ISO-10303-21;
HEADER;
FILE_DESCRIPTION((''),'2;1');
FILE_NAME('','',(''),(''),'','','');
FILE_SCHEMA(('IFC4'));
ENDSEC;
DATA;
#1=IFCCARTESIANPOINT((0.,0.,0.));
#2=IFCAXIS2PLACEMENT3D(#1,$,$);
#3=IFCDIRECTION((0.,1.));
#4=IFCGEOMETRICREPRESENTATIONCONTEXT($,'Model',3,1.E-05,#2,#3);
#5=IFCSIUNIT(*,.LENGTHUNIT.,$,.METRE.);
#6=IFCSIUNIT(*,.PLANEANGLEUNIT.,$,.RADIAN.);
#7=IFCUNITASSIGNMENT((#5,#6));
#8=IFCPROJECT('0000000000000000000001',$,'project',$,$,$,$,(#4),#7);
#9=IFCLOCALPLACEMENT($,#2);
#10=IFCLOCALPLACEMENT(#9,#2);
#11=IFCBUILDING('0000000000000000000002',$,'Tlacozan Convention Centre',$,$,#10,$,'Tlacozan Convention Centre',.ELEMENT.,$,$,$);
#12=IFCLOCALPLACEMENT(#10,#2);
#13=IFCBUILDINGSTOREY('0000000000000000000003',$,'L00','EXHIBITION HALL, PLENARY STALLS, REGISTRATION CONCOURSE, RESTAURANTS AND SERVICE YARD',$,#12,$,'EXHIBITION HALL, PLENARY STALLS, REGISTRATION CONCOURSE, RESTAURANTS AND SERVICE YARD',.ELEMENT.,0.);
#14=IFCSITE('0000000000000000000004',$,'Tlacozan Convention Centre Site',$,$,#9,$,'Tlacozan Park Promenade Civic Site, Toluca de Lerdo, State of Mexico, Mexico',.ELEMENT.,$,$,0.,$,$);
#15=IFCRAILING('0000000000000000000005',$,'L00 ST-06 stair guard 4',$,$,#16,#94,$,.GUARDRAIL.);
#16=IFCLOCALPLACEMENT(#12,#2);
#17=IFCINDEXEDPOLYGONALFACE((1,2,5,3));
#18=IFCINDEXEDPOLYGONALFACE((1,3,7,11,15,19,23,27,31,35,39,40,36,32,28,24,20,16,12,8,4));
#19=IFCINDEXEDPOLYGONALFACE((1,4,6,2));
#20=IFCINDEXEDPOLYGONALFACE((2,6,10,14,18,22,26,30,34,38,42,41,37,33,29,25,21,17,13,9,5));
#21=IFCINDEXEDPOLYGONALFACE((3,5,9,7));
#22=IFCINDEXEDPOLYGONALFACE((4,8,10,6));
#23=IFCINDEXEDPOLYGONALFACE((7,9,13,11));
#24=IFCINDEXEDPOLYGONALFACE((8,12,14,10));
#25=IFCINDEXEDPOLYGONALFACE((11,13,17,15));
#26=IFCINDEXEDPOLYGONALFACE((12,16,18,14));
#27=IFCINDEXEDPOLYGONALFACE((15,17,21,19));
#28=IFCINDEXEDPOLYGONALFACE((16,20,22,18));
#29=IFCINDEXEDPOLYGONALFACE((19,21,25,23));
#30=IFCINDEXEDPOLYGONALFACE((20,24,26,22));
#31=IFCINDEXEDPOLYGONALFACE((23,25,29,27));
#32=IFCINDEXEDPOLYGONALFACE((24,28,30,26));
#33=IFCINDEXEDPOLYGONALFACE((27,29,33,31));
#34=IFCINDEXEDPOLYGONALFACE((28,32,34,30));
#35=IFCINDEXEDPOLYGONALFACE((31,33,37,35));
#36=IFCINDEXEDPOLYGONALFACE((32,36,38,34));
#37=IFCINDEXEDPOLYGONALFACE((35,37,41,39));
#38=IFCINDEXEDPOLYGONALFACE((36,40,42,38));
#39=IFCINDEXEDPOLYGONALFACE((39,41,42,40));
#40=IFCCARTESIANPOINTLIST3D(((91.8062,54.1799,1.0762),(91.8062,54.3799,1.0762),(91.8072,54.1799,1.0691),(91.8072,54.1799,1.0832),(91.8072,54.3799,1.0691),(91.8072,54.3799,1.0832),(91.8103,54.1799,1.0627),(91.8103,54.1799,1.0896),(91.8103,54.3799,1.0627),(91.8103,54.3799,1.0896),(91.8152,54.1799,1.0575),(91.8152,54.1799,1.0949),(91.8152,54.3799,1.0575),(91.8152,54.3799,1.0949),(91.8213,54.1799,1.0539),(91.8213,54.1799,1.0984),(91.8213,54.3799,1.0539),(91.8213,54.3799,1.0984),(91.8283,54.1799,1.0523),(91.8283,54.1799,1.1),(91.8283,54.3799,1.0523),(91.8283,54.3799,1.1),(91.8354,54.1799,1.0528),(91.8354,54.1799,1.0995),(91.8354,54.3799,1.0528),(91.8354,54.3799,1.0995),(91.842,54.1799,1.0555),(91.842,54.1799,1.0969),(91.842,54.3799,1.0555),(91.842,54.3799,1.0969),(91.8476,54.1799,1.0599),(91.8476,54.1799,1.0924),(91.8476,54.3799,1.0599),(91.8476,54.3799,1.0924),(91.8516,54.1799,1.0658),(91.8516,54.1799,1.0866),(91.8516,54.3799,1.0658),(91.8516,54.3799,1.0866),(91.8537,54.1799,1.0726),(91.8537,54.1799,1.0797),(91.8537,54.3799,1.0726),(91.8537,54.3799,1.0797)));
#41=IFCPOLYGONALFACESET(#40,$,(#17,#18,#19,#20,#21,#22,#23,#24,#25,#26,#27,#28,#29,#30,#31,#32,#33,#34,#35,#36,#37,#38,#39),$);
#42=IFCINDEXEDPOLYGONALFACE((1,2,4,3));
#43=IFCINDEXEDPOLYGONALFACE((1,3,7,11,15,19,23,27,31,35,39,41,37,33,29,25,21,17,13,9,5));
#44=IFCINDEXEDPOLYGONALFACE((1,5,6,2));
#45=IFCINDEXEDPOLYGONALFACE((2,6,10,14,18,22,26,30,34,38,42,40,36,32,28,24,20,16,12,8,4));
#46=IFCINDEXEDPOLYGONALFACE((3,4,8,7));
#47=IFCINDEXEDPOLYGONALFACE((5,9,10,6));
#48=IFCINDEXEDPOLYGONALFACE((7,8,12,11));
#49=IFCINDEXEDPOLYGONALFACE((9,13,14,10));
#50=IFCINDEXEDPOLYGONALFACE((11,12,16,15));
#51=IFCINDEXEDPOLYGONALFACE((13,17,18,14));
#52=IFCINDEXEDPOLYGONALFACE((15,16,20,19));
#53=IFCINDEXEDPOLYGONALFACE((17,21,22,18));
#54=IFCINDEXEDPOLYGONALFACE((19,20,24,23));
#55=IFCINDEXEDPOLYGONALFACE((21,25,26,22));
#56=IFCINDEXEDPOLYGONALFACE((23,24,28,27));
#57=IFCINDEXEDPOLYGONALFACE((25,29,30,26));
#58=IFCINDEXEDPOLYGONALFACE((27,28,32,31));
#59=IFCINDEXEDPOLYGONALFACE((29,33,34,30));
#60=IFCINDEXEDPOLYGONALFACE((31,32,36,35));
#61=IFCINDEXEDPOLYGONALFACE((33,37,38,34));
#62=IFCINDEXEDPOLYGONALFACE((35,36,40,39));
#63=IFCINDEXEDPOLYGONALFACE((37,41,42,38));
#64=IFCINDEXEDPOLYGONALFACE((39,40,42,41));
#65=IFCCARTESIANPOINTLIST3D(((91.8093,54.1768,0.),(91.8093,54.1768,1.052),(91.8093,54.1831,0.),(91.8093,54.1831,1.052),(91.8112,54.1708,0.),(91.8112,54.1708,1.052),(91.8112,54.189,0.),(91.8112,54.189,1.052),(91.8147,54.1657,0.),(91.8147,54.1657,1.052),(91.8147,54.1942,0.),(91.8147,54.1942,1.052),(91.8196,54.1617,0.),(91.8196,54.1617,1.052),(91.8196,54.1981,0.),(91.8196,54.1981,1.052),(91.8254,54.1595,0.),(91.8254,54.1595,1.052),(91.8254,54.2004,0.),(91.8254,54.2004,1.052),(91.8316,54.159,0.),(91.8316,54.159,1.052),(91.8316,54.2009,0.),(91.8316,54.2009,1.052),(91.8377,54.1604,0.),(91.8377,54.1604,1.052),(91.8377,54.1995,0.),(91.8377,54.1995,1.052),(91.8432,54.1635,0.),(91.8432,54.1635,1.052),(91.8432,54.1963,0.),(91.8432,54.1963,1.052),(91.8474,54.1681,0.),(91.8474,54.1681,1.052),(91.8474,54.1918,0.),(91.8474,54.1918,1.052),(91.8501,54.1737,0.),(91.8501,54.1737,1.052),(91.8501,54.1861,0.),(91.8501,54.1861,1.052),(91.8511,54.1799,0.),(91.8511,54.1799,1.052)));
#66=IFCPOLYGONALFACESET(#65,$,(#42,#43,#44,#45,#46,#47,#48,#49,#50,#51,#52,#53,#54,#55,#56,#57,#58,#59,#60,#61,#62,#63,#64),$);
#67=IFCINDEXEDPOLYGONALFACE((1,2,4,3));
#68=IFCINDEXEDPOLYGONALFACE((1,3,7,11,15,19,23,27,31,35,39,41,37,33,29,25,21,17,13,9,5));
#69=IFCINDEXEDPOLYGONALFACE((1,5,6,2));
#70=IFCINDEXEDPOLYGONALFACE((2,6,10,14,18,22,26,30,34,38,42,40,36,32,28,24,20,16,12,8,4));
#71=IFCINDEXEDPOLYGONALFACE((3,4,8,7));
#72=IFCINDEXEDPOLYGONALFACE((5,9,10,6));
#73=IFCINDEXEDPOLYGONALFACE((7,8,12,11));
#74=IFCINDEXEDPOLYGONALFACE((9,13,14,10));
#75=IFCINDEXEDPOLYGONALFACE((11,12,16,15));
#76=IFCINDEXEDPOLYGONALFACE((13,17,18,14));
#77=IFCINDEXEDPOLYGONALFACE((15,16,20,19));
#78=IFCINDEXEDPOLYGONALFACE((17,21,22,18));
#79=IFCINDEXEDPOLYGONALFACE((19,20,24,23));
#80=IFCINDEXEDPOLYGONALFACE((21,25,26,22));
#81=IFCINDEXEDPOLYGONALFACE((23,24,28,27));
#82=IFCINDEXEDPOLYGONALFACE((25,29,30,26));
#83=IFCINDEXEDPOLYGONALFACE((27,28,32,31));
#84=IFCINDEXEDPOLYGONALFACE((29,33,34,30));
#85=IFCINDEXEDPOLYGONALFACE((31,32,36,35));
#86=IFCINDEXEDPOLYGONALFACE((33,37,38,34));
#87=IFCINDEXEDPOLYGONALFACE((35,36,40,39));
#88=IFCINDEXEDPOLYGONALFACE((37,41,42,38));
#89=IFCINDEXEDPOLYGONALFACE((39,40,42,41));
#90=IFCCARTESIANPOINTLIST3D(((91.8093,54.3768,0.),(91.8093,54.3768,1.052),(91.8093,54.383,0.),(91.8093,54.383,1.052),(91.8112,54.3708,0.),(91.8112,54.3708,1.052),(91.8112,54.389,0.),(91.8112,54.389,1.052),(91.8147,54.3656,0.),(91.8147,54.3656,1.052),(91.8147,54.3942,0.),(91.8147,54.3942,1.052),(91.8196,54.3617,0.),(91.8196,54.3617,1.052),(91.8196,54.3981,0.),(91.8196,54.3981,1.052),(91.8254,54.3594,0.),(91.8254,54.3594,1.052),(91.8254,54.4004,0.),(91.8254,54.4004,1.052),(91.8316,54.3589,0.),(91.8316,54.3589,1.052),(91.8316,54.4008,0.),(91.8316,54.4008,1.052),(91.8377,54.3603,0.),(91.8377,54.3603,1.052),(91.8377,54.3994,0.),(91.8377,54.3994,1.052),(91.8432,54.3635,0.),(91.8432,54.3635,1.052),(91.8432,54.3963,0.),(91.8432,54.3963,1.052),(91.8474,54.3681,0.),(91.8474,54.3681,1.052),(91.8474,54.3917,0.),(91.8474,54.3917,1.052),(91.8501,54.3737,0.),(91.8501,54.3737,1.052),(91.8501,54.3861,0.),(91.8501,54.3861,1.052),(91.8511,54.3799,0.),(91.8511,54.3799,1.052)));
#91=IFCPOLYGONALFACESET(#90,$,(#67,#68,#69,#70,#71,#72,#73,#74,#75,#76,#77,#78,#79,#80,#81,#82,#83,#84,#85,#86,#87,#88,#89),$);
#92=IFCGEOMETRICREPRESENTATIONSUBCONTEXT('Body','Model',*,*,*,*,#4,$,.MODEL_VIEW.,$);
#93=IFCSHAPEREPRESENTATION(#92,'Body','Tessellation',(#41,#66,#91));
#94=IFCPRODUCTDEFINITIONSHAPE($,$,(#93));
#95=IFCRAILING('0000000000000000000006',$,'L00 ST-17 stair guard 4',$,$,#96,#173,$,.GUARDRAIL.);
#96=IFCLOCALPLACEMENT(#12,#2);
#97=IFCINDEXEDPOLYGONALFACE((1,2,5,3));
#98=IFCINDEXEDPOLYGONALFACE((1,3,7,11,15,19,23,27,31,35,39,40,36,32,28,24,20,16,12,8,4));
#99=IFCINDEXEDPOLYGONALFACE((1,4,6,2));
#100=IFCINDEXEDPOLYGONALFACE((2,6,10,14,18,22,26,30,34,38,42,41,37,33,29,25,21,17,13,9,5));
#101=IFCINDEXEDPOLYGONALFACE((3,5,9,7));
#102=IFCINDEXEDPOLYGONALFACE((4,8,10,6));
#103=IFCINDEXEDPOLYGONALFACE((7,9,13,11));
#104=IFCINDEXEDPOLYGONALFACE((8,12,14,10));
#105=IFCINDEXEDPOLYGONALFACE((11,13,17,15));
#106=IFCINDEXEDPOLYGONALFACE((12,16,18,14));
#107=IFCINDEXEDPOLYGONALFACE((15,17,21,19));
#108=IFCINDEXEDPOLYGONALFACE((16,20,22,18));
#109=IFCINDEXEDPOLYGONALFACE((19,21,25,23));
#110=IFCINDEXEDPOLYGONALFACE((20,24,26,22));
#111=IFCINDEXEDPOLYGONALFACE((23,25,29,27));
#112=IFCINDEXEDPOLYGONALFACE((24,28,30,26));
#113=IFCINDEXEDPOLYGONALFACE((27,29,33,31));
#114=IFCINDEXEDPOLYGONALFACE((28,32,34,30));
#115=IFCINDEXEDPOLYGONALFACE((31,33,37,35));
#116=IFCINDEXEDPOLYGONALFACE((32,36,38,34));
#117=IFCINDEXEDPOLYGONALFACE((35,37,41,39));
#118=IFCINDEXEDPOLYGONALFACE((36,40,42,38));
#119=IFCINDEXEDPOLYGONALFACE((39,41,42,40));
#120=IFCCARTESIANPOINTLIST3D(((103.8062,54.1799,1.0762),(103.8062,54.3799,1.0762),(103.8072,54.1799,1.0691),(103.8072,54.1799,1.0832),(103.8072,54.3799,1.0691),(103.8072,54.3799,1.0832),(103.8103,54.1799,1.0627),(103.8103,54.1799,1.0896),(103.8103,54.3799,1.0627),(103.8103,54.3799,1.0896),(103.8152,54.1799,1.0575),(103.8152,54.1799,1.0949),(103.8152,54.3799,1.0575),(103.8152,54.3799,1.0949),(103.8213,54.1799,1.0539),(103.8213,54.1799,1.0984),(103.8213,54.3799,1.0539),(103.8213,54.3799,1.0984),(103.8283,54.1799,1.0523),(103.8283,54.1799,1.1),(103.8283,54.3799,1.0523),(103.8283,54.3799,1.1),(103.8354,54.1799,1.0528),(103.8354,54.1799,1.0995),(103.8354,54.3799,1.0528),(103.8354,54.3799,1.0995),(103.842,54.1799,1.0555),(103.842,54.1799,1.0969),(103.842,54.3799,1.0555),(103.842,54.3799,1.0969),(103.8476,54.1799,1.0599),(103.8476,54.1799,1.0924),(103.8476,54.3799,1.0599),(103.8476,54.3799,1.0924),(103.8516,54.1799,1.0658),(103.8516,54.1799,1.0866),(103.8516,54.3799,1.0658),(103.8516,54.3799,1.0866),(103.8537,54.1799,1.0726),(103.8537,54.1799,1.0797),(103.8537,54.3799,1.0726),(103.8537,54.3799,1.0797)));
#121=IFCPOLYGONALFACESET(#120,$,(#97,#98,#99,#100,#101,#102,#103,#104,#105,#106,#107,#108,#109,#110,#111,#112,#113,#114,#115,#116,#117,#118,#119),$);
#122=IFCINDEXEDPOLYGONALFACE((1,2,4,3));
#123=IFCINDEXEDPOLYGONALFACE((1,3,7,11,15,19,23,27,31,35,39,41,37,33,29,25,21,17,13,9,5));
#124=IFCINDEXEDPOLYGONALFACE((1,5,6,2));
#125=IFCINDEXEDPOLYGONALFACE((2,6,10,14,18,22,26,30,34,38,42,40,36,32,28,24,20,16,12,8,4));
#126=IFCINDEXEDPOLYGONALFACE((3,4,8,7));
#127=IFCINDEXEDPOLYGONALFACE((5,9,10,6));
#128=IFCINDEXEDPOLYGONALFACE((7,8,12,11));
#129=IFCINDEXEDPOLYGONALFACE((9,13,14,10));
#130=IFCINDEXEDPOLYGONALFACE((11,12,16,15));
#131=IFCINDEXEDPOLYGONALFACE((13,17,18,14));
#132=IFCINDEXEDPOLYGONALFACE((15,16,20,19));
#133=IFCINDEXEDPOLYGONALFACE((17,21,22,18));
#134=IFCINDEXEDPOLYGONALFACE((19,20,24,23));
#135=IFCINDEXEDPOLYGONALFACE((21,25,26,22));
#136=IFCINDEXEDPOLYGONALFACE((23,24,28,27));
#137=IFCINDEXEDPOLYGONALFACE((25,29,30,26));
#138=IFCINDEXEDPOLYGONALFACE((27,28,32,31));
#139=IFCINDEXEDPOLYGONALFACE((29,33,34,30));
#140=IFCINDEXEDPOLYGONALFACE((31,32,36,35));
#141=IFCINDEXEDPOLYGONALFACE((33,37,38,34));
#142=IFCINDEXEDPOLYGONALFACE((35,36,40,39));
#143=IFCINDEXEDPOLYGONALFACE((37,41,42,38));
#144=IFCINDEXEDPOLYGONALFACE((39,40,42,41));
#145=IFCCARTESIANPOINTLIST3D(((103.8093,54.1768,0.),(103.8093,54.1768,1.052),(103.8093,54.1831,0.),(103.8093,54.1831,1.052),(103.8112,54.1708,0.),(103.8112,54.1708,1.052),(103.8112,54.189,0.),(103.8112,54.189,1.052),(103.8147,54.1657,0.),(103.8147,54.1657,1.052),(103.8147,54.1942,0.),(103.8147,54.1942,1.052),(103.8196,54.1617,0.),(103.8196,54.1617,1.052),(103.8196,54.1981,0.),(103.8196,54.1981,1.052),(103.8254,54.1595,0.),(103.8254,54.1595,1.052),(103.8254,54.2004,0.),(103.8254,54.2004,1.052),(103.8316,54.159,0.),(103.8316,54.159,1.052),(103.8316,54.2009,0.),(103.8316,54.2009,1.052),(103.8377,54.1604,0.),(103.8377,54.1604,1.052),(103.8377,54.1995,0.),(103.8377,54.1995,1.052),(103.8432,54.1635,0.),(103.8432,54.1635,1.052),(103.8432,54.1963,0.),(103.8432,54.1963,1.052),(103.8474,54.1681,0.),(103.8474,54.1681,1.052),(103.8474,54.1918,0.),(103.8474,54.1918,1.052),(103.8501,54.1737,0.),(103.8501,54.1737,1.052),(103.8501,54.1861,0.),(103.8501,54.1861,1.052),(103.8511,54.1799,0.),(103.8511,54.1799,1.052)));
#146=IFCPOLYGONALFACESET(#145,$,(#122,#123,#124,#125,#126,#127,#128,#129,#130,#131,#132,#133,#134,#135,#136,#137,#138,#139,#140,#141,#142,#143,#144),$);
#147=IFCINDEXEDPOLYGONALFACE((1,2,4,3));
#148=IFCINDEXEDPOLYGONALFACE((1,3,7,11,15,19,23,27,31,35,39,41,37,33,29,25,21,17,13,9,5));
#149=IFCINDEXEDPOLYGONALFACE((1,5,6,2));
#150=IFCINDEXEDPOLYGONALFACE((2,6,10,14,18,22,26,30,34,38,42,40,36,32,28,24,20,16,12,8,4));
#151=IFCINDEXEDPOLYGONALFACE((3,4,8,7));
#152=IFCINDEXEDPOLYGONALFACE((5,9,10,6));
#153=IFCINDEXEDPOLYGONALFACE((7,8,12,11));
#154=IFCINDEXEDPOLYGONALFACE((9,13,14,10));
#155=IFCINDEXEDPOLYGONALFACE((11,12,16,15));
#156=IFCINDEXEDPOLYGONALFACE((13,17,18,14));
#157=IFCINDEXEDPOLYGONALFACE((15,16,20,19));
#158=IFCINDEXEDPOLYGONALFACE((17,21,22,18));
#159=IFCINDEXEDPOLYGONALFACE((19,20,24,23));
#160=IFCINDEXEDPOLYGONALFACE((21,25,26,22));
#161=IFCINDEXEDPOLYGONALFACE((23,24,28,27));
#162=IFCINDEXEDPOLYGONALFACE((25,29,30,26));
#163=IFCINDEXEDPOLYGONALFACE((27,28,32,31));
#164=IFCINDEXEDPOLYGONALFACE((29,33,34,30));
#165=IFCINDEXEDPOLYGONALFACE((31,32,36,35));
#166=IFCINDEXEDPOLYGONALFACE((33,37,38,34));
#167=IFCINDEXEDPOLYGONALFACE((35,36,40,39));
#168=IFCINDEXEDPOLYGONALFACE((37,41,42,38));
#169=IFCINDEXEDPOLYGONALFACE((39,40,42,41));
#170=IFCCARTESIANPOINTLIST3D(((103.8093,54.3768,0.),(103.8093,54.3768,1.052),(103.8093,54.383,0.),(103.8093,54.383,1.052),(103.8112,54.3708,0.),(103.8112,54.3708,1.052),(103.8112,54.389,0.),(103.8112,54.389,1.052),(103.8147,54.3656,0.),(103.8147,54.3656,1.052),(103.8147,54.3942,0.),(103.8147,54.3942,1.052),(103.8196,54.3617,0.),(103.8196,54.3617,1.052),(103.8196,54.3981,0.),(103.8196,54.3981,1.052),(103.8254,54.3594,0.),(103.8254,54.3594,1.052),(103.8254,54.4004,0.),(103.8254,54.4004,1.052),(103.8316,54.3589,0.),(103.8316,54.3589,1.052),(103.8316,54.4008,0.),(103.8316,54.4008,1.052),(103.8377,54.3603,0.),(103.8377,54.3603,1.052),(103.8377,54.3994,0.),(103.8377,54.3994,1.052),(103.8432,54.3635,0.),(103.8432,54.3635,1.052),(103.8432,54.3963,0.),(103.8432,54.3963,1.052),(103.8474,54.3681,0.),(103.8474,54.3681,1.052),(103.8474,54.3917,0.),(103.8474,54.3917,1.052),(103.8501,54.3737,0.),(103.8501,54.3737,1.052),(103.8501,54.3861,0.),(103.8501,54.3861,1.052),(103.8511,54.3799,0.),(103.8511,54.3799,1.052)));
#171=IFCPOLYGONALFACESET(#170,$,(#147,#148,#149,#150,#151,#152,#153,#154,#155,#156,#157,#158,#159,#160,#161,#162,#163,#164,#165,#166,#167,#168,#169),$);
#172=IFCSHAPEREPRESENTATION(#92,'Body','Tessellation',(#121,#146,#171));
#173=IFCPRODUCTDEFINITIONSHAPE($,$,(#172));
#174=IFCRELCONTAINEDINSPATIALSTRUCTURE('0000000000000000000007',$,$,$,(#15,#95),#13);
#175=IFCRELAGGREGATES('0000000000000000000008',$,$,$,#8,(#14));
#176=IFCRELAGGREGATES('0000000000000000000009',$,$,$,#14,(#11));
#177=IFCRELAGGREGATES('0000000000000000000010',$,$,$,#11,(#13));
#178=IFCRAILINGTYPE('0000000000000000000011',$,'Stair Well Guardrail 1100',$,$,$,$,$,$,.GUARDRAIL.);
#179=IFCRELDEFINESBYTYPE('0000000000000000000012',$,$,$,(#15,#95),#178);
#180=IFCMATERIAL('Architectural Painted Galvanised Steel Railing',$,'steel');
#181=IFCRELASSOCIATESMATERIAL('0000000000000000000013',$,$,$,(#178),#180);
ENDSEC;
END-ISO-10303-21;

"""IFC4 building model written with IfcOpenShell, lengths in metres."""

from ifc_helpers import new_model, si_unit, direction, frame, origin, origin_2d, place, context, subcontext, project, spatial, circle, extrude, material, type_object, element, save


model = new_model("IFC4")

# Units and contexts
model_context = context("Model", 3, precision=1e-05, world=origin(), true_north=direction((0.0, 1.0)))
body_context = subcontext(model_context, "Body", "Model", "MODEL_VIEW")
ifc_project = project(units=[si_unit("LENGTHUNIT", "METRE"), si_unit("PLANEANGLEUNIT", "RADIAN")], contexts=[model_context])

# Site, building, storey
site_placement = place(None, origin())
site = spatial("IfcSite", under=ifc_project, at=site_placement, Name="Tlacozan Convention Centre Site", LongName="Tlacozan Park Promenade Civic Site, Toluca de Lerdo, State of Mexico, Mexico", CompositionType="ELEMENT", RefElevation=0.0)
building_placement = place(site_placement, origin())
building = spatial("IfcBuilding", under=site, at=building_placement, Name="Tlacozan Convention Centre", LongName="Tlacozan Convention Centre", CompositionType="ELEMENT")
storey_placement = place(building_placement, origin())
storey = spatial("IfcBuildingStorey", under=building, at=storey_placement, Name="L00", Description="EXHIBITION HALL, PLENARY STALLS, REGISTRATION CONCOURSE, RESTAURANTS AND SERVICE YARD", LongName="EXHIBITION HALL, PLENARY STALLS, REGISTRATION CONCOURSE, RESTAURANTS AND SERVICE YARD", CompositionType="ELEMENT", Elevation=0.0)

# Railings
ifc_material_1 = material(Name="Architectural Painted Galvanised Steel Railing", Category="steel")
railing_type_1 = type_object("IfcRailingType", Name="Stair Well Guardrail 1100", PredefinedType="GUARDRAIL", material=ifc_material_1)
for number, where, name in (
    (1, (91.8301, 54.1799, 0.0), "L00 ST-06 stair guard 4"),
    (2, (103.8301, 54.1799, 0.0), "L00 ST-17 stair guard 4"),
):
    element("IfcRailing", number, at=place(storey_placement, frame(where)), inside=storey, type_object=railing_type_1, Name=name, PredefinedType="GUARDRAIL", context=body_context, shape_type="SweptSolid", body=[
        extrude(circle(Radius=0.0239, at=origin_2d()), frame((0.0, 0.0, 1.0762), z_axis=(0.0, 1.0, 0.0), x_axis=(-1.0, 0.0, 0.0)), (0.0, 0.0, 1.0), 0.2),
        extrude(circle(Radius=0.021, at=origin_2d()), origin(), (0.0, 0.0, 1.0), 1.052),
        extrude(circle(Radius=0.021, at=origin_2d()), frame((0.0, 0.2, 0.0)), (0.0, 0.0, 1.0), 1.052),
    ])

save(model, "model.ifc")
